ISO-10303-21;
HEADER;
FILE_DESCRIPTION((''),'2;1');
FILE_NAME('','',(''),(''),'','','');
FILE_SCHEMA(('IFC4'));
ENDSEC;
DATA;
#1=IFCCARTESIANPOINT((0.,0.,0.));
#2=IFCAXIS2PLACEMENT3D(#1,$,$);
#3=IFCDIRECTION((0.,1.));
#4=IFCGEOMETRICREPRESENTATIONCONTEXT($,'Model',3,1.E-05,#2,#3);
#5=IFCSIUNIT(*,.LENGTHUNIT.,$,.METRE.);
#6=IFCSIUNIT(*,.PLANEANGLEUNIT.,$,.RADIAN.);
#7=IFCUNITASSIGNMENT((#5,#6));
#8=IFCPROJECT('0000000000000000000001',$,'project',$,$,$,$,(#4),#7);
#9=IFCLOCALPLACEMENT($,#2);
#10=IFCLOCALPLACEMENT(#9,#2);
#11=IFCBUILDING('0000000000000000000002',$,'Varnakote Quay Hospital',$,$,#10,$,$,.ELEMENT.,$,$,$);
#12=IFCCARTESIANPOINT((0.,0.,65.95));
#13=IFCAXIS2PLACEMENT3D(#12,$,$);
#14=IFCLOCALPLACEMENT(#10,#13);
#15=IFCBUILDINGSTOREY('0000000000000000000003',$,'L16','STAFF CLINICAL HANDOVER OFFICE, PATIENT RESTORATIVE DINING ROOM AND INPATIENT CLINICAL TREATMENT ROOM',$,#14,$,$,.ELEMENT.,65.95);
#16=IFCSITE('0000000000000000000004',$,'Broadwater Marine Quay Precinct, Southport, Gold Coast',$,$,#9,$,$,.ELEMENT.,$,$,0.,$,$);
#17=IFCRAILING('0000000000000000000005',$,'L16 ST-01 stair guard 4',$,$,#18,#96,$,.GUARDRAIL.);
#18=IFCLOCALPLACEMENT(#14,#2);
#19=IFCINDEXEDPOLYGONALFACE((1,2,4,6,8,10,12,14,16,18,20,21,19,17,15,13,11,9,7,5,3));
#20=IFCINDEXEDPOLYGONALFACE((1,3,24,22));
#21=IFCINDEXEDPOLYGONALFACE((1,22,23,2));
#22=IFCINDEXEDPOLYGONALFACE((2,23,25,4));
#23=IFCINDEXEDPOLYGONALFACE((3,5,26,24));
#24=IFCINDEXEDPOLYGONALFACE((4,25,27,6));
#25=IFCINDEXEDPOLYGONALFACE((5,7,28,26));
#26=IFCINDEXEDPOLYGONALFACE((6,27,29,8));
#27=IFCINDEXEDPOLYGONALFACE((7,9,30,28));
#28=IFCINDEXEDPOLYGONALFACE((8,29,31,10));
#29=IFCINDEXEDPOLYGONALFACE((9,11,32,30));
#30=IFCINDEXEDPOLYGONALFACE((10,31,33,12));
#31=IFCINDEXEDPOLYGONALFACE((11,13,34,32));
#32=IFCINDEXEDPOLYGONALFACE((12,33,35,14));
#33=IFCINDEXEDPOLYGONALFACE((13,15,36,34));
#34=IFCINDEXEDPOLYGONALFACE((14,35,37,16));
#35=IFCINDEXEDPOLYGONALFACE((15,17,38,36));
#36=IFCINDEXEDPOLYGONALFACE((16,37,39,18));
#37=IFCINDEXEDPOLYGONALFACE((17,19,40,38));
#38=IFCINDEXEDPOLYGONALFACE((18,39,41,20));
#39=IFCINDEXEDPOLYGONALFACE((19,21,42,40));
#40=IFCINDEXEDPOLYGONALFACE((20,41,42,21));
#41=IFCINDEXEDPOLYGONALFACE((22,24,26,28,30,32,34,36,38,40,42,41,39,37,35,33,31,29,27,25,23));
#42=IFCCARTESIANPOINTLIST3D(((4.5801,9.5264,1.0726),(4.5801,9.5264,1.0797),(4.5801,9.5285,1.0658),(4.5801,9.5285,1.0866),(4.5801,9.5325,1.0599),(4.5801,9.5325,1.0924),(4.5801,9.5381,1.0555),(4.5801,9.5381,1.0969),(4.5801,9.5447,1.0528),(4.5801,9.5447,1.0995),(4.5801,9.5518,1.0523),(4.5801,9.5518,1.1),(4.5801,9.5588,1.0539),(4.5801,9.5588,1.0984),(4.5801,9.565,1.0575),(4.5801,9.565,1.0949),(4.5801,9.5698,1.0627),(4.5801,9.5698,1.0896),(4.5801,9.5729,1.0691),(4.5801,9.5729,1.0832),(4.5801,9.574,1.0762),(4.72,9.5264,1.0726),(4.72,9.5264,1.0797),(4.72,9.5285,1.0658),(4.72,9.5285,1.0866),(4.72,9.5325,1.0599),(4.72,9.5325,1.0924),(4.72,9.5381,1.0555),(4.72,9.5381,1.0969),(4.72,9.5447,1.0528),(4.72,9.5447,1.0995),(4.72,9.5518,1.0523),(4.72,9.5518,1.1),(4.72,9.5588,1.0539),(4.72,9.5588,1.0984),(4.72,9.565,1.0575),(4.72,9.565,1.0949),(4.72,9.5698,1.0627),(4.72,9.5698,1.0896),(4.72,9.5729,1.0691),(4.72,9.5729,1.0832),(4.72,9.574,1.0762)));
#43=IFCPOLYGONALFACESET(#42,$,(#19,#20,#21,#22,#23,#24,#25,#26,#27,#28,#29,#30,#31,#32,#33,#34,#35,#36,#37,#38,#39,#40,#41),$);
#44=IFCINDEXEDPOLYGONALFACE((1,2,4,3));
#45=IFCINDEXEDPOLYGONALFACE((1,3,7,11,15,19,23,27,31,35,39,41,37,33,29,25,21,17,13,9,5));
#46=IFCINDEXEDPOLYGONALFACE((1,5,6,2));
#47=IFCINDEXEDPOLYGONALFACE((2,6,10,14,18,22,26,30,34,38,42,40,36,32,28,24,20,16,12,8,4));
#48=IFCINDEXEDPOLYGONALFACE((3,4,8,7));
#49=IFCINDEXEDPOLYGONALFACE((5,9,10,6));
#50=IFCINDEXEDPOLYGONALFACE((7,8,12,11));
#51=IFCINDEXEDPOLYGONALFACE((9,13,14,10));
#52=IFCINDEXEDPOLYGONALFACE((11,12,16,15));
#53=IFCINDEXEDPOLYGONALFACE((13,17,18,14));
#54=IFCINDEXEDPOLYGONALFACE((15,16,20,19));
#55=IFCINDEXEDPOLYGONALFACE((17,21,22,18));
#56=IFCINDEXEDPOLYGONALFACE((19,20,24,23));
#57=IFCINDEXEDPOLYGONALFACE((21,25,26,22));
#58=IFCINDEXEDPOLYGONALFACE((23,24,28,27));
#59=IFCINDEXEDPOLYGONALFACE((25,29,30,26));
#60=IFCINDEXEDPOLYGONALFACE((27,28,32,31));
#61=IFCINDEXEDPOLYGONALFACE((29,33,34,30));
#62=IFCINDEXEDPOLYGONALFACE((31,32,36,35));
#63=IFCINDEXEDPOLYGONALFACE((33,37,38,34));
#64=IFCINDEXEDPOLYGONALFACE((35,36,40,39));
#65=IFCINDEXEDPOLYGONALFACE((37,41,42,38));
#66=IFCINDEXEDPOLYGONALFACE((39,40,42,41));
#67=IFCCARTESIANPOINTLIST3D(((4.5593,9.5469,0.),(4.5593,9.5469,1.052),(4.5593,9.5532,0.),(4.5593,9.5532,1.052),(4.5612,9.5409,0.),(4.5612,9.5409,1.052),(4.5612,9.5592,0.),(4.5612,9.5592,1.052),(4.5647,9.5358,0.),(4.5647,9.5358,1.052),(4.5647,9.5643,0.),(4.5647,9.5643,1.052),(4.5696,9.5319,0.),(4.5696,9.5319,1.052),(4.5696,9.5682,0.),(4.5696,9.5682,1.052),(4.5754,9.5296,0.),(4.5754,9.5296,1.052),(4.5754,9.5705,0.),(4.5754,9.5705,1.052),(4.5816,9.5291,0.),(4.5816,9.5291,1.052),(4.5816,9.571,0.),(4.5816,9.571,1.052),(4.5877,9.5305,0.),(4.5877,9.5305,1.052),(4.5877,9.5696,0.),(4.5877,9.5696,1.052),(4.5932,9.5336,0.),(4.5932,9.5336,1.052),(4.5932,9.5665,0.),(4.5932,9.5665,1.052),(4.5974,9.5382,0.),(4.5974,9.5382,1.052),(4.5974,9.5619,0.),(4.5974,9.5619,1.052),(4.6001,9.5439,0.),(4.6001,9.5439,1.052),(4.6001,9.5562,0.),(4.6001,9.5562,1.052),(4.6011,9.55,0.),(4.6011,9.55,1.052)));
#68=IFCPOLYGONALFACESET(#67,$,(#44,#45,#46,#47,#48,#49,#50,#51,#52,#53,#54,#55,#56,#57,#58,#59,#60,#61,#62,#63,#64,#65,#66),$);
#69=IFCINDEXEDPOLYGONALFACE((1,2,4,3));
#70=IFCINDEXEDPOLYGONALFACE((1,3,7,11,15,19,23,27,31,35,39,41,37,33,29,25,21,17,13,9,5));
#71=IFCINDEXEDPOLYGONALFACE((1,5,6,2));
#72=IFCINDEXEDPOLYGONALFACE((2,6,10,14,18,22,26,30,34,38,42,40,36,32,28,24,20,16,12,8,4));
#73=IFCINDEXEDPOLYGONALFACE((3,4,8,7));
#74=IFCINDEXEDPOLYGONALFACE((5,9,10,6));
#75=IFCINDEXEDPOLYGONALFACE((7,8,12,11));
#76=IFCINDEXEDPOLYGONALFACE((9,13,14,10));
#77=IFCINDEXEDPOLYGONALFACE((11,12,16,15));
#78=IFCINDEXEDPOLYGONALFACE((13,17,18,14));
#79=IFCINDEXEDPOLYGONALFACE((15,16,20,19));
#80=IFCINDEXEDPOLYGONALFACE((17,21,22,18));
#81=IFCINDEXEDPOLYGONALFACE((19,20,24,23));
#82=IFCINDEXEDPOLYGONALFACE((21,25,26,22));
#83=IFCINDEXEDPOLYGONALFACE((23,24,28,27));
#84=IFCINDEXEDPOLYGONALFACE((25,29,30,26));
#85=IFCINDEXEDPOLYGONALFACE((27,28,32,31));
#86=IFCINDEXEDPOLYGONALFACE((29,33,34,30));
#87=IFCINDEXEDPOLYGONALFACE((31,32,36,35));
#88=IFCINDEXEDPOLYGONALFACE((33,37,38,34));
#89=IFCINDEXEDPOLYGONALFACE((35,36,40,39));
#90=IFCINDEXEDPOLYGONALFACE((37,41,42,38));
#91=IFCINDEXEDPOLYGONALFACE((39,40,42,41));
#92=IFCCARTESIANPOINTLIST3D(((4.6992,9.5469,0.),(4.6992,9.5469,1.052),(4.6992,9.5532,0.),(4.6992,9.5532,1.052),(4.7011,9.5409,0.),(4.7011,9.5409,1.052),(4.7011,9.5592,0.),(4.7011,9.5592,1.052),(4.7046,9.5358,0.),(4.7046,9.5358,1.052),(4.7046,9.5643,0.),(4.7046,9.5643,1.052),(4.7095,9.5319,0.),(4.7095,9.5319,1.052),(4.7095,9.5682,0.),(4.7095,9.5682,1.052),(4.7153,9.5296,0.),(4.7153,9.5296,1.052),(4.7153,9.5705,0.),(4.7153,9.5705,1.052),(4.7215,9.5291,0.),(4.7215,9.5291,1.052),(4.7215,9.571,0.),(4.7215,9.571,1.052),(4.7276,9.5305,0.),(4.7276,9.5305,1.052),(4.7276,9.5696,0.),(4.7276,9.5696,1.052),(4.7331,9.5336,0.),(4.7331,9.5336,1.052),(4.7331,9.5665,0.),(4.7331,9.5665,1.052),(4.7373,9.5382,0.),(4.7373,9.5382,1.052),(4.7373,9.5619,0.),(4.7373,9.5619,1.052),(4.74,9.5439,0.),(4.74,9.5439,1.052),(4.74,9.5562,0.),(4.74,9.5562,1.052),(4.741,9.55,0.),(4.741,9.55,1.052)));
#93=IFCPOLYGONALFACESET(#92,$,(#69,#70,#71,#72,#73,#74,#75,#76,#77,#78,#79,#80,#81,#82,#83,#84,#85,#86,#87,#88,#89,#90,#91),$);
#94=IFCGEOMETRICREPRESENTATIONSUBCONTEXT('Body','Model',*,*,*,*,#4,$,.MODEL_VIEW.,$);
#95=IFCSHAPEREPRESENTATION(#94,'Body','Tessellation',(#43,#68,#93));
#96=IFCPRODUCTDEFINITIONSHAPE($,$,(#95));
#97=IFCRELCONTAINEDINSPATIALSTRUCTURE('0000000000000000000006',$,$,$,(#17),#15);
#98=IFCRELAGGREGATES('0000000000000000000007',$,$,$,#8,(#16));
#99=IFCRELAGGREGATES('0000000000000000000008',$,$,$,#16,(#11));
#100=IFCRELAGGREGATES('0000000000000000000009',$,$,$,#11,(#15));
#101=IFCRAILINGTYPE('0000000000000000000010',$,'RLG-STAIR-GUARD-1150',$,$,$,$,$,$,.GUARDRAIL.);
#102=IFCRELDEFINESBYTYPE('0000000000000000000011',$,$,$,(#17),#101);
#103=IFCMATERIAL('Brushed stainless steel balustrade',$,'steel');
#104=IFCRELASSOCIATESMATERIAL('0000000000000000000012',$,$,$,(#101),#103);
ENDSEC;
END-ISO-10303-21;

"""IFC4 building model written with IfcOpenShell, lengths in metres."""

from ifc_helpers import new_model, si_unit, direction, frame, origin, origin_2d, place, context, subcontext, project, spatial, circle, extrude, material, type_object, element, save


model = new_model("IFC4")

# Units and contexts
model_context = context("Model", 3, precision=1e-05, world=origin(), true_north=direction((0.0, 1.0)))
body_context = subcontext(model_context, "Body", "Model", "MODEL_VIEW")
ifc_project = project(units=[si_unit("LENGTHUNIT", "METRE"), si_unit("PLANEANGLEUNIT", "RADIAN")], contexts=[model_context])

# Site, building, storey
site_placement = place(None, origin())
site = spatial("IfcSite", under=ifc_project, at=site_placement, Name="Broadwater Marine Quay Precinct, Southport, Gold Coast", CompositionType="ELEMENT", RefElevation=0.0)
building_placement = place(site_placement, origin())
building = spatial("IfcBuilding", under=site, at=building_placement, Name="Varnakote Quay Hospital", CompositionType="ELEMENT")
storey_placement = place(building_placement, frame((0.0, 0.0, 65.95)))
storey = spatial("IfcBuildingStorey", under=building, at=storey_placement, Name="L16", Description="STAFF CLINICAL HANDOVER OFFICE, PATIENT RESTORATIVE DINING ROOM AND INPATIENT CLINICAL TREATMENT ROOM", CompositionType="ELEMENT", Elevation=65.95)

# Railing
ifc_material_1 = material(Name="Brushed stainless steel balustrade", Category="steel")
railing_type_1 = type_object("IfcRailingType", Name="RLG-STAIR-GUARD-1150", PredefinedType="GUARDRAIL", material=ifc_material_1)
railing_1_placement = place(storey_placement, frame((4.5801, 9.55, 0.0)))
element("IfcRailing", 1, at=railing_1_placement, inside=storey, type_object=railing_type_1, Name="L16 ST-01 stair guard 4", PredefinedType="GUARDRAIL", context=body_context, shape_type="SweptSolid", body=[
    extrude(circle(Radius=0.0239, at=origin_2d()), frame((0.0, 0.0, 1.0762), z_axis=(1.0, 0.0, 0.0), x_axis=(0.0, 1.0, 0.0)), (0.0, 0.0, 1.0), 0.1399),
    extrude(circle(Radius=0.021, at=origin_2d()), origin(), (0.0, 0.0, 1.0), 1.052),
    extrude(circle(Radius=0.021, at=origin_2d()), frame((0.1399, 0.0, 0.0)), (0.0, 0.0, 1.0), 1.052),
])

save(model, "model.ifc")
